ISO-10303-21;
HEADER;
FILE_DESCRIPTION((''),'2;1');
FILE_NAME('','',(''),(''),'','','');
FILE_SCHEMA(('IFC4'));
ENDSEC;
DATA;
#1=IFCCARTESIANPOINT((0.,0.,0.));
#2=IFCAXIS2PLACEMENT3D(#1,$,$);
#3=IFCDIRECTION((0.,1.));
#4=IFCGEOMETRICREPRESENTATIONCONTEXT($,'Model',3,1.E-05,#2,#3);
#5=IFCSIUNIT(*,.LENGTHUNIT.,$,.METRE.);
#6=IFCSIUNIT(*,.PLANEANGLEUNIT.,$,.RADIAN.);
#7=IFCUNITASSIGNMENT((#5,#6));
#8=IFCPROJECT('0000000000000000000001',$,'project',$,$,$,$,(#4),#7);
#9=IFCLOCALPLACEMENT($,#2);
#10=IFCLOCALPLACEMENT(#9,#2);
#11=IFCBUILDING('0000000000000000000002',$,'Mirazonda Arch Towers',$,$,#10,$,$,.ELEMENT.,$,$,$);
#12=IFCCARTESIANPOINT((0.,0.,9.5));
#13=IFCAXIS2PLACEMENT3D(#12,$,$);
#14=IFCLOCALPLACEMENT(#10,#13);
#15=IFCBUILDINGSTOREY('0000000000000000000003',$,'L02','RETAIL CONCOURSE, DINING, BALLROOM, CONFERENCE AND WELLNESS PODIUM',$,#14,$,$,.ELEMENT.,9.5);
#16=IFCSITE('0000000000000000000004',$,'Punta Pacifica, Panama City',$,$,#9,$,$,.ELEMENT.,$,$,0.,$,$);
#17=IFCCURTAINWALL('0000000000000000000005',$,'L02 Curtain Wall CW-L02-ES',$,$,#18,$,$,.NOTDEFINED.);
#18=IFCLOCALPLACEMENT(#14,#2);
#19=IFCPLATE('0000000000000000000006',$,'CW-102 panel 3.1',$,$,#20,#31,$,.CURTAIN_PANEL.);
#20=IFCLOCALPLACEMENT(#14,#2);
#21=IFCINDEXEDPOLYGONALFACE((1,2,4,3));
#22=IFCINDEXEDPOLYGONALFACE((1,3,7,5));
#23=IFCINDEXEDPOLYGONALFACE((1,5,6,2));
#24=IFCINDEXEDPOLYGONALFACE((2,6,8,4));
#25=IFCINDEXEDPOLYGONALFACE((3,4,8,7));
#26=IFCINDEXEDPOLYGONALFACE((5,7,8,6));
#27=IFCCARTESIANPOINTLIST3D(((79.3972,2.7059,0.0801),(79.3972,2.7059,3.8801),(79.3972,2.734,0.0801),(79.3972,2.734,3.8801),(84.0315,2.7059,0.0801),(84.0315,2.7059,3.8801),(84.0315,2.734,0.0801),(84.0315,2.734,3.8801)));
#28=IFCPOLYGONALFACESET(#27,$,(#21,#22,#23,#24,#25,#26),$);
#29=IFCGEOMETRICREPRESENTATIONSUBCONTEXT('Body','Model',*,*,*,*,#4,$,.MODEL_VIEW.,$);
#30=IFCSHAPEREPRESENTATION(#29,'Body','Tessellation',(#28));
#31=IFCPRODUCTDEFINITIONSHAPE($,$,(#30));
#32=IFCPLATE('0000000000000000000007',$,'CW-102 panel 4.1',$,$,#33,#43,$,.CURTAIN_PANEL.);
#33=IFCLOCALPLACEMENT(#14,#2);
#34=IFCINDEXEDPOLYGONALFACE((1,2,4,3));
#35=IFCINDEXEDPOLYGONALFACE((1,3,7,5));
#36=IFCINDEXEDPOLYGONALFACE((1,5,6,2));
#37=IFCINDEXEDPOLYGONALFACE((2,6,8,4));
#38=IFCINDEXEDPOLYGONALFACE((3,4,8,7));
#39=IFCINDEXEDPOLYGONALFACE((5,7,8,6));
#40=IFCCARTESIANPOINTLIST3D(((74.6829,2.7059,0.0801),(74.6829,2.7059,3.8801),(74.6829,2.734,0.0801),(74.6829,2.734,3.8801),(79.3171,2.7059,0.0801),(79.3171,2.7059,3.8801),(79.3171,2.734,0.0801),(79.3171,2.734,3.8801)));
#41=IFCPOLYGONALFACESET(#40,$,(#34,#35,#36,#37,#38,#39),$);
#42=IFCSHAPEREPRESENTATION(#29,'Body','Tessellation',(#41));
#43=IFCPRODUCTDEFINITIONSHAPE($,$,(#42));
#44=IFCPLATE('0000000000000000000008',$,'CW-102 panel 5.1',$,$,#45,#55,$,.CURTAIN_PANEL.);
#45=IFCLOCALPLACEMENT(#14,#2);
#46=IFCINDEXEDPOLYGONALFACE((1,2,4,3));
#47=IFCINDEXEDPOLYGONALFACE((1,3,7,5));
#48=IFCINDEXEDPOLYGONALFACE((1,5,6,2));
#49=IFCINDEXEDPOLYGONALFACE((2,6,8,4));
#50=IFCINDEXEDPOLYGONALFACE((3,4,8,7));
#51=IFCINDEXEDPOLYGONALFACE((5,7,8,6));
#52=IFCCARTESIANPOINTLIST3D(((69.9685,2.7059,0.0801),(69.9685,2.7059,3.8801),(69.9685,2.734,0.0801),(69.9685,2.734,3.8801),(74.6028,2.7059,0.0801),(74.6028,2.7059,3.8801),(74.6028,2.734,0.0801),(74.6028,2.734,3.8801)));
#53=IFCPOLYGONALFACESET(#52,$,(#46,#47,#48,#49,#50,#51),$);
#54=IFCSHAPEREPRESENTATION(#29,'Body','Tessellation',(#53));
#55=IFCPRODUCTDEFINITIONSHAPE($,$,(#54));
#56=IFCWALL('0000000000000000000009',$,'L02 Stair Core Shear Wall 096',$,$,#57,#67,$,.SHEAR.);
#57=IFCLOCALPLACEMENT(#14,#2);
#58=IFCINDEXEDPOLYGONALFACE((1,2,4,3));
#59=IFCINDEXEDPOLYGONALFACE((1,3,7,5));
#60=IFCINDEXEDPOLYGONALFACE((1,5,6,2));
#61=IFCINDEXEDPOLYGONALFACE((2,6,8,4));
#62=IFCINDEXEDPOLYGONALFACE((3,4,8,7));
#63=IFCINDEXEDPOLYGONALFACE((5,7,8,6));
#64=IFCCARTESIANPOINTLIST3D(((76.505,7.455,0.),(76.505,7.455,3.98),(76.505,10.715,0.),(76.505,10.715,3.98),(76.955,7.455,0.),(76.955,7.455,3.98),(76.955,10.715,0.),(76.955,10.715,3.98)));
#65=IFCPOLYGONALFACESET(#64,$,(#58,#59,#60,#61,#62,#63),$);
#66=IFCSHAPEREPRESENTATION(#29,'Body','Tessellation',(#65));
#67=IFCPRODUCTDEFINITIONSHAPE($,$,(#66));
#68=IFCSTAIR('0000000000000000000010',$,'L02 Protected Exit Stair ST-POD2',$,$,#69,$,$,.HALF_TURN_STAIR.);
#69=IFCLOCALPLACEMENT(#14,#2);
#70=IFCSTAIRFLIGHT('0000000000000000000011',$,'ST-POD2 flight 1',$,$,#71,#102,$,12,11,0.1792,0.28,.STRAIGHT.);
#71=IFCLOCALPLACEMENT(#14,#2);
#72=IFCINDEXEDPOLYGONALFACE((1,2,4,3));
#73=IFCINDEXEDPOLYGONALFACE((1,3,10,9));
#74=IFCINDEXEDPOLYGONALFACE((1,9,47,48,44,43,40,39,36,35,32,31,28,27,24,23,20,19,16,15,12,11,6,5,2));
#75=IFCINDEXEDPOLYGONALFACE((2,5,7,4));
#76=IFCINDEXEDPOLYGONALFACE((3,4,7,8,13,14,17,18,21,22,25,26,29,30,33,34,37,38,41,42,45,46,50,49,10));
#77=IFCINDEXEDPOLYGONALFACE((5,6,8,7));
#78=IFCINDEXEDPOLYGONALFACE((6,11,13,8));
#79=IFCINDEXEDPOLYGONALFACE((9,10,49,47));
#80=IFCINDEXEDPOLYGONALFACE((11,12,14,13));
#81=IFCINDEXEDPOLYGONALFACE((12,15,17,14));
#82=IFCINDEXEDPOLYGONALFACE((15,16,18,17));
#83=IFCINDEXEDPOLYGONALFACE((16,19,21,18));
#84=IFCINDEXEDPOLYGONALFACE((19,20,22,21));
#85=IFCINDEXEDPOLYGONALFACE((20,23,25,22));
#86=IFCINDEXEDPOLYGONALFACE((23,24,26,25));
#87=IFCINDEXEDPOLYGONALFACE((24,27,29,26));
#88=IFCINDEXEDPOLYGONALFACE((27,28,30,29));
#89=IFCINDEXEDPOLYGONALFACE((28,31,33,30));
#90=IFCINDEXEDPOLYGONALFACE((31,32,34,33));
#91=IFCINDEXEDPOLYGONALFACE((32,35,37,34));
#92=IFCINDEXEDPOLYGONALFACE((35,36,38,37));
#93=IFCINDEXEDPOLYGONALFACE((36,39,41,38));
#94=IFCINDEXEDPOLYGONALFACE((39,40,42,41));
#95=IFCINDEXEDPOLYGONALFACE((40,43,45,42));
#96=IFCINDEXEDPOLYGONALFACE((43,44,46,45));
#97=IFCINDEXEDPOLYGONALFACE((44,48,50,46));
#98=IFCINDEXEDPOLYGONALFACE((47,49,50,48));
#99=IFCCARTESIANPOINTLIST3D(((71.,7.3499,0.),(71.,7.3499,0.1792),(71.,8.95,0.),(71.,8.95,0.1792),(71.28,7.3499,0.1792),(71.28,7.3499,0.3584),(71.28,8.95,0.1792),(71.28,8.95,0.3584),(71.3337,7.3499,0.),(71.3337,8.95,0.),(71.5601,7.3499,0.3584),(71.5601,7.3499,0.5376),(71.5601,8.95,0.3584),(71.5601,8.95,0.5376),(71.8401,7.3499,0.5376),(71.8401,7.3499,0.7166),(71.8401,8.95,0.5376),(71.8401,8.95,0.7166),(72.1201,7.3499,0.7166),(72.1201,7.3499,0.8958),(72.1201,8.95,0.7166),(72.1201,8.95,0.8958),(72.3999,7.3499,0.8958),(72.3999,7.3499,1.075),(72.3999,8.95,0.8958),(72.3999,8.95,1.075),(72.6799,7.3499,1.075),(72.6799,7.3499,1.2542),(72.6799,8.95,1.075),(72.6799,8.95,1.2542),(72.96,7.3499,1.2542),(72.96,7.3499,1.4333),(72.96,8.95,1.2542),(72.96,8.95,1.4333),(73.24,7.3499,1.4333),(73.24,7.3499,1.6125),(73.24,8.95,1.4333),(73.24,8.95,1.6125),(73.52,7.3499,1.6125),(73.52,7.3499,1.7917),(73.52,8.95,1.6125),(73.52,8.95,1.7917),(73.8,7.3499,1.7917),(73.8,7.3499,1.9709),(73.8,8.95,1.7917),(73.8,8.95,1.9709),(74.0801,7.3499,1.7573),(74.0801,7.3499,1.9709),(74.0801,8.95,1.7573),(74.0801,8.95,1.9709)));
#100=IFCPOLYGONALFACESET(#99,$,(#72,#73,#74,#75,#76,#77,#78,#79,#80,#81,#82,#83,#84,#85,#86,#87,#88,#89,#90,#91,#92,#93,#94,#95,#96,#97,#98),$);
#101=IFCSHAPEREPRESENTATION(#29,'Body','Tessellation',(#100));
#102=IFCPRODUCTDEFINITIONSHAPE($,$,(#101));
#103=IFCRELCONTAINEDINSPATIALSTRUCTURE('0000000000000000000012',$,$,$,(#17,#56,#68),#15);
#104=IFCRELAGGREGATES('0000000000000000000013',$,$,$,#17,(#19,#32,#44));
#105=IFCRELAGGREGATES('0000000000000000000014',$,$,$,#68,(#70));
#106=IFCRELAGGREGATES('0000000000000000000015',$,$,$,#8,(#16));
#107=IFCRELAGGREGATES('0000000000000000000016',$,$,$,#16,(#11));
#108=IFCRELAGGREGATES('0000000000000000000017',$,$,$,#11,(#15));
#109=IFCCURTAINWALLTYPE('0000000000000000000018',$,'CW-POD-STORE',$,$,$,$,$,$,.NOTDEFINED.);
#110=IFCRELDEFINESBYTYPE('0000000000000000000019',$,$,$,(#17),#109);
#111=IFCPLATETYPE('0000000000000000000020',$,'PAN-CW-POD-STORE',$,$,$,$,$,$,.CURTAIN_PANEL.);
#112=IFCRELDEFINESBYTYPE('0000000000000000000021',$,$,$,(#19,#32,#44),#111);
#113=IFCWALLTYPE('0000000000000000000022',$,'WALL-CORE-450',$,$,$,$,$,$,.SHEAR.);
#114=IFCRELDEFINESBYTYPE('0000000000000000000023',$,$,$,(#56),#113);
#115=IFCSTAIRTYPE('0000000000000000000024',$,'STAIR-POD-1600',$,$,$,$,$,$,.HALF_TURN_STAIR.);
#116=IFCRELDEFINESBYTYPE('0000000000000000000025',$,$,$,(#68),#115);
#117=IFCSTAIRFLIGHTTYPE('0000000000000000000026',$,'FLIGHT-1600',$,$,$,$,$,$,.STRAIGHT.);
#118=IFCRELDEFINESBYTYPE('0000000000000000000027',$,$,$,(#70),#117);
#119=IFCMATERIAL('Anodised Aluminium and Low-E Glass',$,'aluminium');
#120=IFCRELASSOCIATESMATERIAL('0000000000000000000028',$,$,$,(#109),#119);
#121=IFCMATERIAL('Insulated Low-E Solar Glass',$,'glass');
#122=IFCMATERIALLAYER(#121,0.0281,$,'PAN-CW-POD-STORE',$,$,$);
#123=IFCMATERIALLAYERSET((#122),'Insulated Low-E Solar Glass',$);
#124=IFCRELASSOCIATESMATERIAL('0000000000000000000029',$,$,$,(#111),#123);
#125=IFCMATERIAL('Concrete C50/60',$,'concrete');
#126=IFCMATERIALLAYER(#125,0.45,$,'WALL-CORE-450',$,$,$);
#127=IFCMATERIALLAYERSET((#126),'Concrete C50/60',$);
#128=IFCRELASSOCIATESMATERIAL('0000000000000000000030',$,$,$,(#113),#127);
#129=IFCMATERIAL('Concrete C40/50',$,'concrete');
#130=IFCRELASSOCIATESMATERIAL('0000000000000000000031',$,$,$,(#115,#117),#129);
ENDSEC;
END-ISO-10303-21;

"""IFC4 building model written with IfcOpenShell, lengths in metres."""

from ifc_helpers import new_model, si_unit, direction, frame, frame_2d, origin, origin_2d, place, context, subcontext, project, spatial, polyline, rectangle, outline, extrude, material, layer, layer_set, type_object, element, aggregate, save


model = new_model("IFC4")

# Units and contexts
model_context = context("Model", 3, precision=1e-05, world=origin(), true_north=direction((0.0, 1.0)))
body_context = subcontext(model_context, "Body", "Model", "MODEL_VIEW")
ifc_project = project(units=[si_unit("LENGTHUNIT", "METRE"), si_unit("PLANEANGLEUNIT", "RADIAN")], contexts=[model_context])

# Site, building, storey
site_placement = place(None, origin())
site = spatial("IfcSite", under=ifc_project, at=site_placement, Name="Punta Pacifica, Panama City", CompositionType="ELEMENT", RefElevation=0.0)
building_placement = place(site_placement, origin())
building = spatial("IfcBuilding", under=site, at=building_placement, Name="Mirazonda Arch Towers", CompositionType="ELEMENT")
storey_placement = place(building_placement, frame((0.0, 0.0, 9.5)))
storey = spatial("IfcBuildingStorey", under=building, at=storey_placement, Name="L02", Description="RETAIL CONCOURSE, DINING, BALLROOM, CONFERENCE AND WELLNESS PODIUM", CompositionType="ELEMENT", Elevation=9.5)

# Shared definitions
ifc_material_1 = material(Name="Concrete C50/60", Category="concrete")

# Curtain wall, plates
ifc_material_2 = material(Name="Anodised Aluminium and Low-E Glass", Category="aluminium")
curtain_wall_type = type_object("IfcCurtainWallType", Name="CW-POD-STORE", PredefinedType="NOTDEFINED", material=ifc_material_2)
curtain_wall_placement = place(storey_placement, origin())
curtain_wall = element("IfcCurtainWall", 1, at=curtain_wall_placement, inside=storey, type_object=curtain_wall_type, Name="L02 Curtain Wall CW-L02-ES", PredefinedType="NOTDEFINED")
ifc_material_3 = material(Name="Insulated Low-E Solar Glass", Category="glass")
ifc_layer_1 = layer(ifc_material_3, 0.0281, Name="PAN-CW-POD-STORE")
ifc_layer_set_1 = layer_set([ifc_layer_1], Name="Insulated Low-E Solar Glass")
plate_type = type_object("IfcPlateType", Name="PAN-CW-POD-STORE", PredefinedType="CURTAIN_PANEL", material=ifc_layer_set_1)
plate_1_placement = place(storey_placement, frame((81.7144, 2.72, 0.0801), z_axis=(0.0, 0.0, 1.0), x_axis=(-1.0, 0.0, 0.0)))
plate_1 = element("IfcPlate", 2, at=plate_1_placement, type_object=plate_type, Name="CW-102 panel 3.1", PredefinedType="CURTAIN_PANEL", context=body_context, shape_type="SweptSolid", body=[
    extrude(rectangle(XDim=4.6343, YDim=0.0281, at=origin_2d()), origin(), (0.0, 0.0, 1.0), 3.8),
])
plate_2_placement = place(storey_placement, frame((77.0, 2.72, 0.0801), z_axis=(0.0, 0.0, 1.0), x_axis=(-1.0, 0.0, 0.0)))
plate_2 = element("IfcPlate", 3, at=plate_2_placement, type_object=plate_type, Name="CW-102 panel 4.1", PredefinedType="CURTAIN_PANEL", context=body_context, shape_type="SweptSolid", body=[
    extrude(rectangle(XDim=4.6343, YDim=0.0281, at=origin_2d()), origin(), (0.0, 0.0, 1.0), 3.8),
])
plate_3_placement = place(storey_placement, frame((72.2856, 2.72, 0.0801), z_axis=(0.0, 0.0, 1.0), x_axis=(-1.0, 0.0, 0.0)))
plate_3 = element("IfcPlate", 4, at=plate_3_placement, type_object=plate_type, Name="CW-102 panel 5.1", PredefinedType="CURTAIN_PANEL", context=body_context, shape_type="SweptSolid", body=[
    extrude(rectangle(XDim=4.6343, YDim=0.0281, at=origin_2d()), origin(), (0.0, 0.0, 1.0), 3.8),
])
aggregate(curtain_wall, [plate_1, plate_2, plate_3])

# Wall
ifc_layer_2 = layer(ifc_material_1, 0.45, Name="WALL-CORE-450")
ifc_layer_set_2 = layer_set([ifc_layer_2], Name="Concrete C50/60")
wall_type = type_object("IfcWallType", Name="WALL-CORE-450", PredefinedType="SHEAR", material=ifc_layer_set_2)
wall_placement = place(storey_placement, frame((76.73, 7.4551, 0.0), z_axis=(0.0, 0.0, 1.0), x_axis=(0.0, 1.0, 0.0)))
element("IfcWall", 5, at=wall_placement, inside=storey, type_object=wall_type, Name="L02 Stair Core Shear Wall 096", PredefinedType="SHEAR", context=body_context, shape_type="SweptSolid", body=[
    extrude(rectangle(XDim=3.26, YDim=0.45, at=frame_2d((1.6299, 0.0))), origin(), (0.0, 0.0, 1.0), 3.98),
])

# Stair, stair flight
ifc_material_4 = material(Name="Concrete C40/50", Category="concrete")
stair_type = type_object("IfcStairType", Name="STAIR-POD-1600", PredefinedType="HALF_TURN_STAIR", material=ifc_material_4)
stair_placement = place(storey_placement, origin())
stair = element("IfcStair", 6, at=stair_placement, inside=storey, type_object=stair_type, Name="L02 Protected Exit Stair ST-POD2", PredefinedType="HALF_TURN_STAIR")
stair_flight_type = type_object("IfcStairFlightType", Name="FLIGHT-1600", PredefinedType="STRAIGHT", material=ifc_material_4)
stair_flight_placement = place(storey_placement, frame((71.0, 8.1499, 0.0), z_axis=(0.0, 0.0, 1.0), x_axis=(1.0, 0.0, 0.0)))
stair_flight = element("IfcStairFlight", 7, at=stair_flight_placement, type_object=stair_flight_type, Name="ST-POD2 flight 1", NumberOfRisers=12, NumberOfTreads=11, PredefinedType="STRAIGHT", RiserHeight=0.1792, TreadLength=0.28, context=body_context, shape_type="SweptSolid", body=[
    extrude(outline(polyline([(0.0, 0.0), (0.0, 0.1792), (0.28, 0.1792), (0.28, 0.3584), (0.5601, 0.3584), (0.5601, 0.5376), (0.8401, 0.5376), (0.8401, 0.7166), (1.1201, 0.7166), (1.1201, 0.8958), (1.3999, 0.8958), (1.3999, 1.075), (1.6799, 1.075), (1.6799, 1.2542), (1.96, 1.2542), (1.96, 1.4333), (2.24, 1.4333), (2.24, 1.6125), (2.52, 1.6125), (2.52, 1.7917), (2.8, 1.7917), (2.8, 1.9709), (3.0801, 1.9709), (3.0801, 2.1499), (3.0801, 1.7573), (0.3337, 0.0), (0.0, 0.0)])), frame((0.0, 0.8, 0.0), z_axis=(0.0, -1.0, 0.0), x_axis=(1.0, 0.0, 0.0)), (0.0, 0.0, 1.0), 1.6001),
])
aggregate(stair, [stair_flight])

save(model, "model.ifc")
